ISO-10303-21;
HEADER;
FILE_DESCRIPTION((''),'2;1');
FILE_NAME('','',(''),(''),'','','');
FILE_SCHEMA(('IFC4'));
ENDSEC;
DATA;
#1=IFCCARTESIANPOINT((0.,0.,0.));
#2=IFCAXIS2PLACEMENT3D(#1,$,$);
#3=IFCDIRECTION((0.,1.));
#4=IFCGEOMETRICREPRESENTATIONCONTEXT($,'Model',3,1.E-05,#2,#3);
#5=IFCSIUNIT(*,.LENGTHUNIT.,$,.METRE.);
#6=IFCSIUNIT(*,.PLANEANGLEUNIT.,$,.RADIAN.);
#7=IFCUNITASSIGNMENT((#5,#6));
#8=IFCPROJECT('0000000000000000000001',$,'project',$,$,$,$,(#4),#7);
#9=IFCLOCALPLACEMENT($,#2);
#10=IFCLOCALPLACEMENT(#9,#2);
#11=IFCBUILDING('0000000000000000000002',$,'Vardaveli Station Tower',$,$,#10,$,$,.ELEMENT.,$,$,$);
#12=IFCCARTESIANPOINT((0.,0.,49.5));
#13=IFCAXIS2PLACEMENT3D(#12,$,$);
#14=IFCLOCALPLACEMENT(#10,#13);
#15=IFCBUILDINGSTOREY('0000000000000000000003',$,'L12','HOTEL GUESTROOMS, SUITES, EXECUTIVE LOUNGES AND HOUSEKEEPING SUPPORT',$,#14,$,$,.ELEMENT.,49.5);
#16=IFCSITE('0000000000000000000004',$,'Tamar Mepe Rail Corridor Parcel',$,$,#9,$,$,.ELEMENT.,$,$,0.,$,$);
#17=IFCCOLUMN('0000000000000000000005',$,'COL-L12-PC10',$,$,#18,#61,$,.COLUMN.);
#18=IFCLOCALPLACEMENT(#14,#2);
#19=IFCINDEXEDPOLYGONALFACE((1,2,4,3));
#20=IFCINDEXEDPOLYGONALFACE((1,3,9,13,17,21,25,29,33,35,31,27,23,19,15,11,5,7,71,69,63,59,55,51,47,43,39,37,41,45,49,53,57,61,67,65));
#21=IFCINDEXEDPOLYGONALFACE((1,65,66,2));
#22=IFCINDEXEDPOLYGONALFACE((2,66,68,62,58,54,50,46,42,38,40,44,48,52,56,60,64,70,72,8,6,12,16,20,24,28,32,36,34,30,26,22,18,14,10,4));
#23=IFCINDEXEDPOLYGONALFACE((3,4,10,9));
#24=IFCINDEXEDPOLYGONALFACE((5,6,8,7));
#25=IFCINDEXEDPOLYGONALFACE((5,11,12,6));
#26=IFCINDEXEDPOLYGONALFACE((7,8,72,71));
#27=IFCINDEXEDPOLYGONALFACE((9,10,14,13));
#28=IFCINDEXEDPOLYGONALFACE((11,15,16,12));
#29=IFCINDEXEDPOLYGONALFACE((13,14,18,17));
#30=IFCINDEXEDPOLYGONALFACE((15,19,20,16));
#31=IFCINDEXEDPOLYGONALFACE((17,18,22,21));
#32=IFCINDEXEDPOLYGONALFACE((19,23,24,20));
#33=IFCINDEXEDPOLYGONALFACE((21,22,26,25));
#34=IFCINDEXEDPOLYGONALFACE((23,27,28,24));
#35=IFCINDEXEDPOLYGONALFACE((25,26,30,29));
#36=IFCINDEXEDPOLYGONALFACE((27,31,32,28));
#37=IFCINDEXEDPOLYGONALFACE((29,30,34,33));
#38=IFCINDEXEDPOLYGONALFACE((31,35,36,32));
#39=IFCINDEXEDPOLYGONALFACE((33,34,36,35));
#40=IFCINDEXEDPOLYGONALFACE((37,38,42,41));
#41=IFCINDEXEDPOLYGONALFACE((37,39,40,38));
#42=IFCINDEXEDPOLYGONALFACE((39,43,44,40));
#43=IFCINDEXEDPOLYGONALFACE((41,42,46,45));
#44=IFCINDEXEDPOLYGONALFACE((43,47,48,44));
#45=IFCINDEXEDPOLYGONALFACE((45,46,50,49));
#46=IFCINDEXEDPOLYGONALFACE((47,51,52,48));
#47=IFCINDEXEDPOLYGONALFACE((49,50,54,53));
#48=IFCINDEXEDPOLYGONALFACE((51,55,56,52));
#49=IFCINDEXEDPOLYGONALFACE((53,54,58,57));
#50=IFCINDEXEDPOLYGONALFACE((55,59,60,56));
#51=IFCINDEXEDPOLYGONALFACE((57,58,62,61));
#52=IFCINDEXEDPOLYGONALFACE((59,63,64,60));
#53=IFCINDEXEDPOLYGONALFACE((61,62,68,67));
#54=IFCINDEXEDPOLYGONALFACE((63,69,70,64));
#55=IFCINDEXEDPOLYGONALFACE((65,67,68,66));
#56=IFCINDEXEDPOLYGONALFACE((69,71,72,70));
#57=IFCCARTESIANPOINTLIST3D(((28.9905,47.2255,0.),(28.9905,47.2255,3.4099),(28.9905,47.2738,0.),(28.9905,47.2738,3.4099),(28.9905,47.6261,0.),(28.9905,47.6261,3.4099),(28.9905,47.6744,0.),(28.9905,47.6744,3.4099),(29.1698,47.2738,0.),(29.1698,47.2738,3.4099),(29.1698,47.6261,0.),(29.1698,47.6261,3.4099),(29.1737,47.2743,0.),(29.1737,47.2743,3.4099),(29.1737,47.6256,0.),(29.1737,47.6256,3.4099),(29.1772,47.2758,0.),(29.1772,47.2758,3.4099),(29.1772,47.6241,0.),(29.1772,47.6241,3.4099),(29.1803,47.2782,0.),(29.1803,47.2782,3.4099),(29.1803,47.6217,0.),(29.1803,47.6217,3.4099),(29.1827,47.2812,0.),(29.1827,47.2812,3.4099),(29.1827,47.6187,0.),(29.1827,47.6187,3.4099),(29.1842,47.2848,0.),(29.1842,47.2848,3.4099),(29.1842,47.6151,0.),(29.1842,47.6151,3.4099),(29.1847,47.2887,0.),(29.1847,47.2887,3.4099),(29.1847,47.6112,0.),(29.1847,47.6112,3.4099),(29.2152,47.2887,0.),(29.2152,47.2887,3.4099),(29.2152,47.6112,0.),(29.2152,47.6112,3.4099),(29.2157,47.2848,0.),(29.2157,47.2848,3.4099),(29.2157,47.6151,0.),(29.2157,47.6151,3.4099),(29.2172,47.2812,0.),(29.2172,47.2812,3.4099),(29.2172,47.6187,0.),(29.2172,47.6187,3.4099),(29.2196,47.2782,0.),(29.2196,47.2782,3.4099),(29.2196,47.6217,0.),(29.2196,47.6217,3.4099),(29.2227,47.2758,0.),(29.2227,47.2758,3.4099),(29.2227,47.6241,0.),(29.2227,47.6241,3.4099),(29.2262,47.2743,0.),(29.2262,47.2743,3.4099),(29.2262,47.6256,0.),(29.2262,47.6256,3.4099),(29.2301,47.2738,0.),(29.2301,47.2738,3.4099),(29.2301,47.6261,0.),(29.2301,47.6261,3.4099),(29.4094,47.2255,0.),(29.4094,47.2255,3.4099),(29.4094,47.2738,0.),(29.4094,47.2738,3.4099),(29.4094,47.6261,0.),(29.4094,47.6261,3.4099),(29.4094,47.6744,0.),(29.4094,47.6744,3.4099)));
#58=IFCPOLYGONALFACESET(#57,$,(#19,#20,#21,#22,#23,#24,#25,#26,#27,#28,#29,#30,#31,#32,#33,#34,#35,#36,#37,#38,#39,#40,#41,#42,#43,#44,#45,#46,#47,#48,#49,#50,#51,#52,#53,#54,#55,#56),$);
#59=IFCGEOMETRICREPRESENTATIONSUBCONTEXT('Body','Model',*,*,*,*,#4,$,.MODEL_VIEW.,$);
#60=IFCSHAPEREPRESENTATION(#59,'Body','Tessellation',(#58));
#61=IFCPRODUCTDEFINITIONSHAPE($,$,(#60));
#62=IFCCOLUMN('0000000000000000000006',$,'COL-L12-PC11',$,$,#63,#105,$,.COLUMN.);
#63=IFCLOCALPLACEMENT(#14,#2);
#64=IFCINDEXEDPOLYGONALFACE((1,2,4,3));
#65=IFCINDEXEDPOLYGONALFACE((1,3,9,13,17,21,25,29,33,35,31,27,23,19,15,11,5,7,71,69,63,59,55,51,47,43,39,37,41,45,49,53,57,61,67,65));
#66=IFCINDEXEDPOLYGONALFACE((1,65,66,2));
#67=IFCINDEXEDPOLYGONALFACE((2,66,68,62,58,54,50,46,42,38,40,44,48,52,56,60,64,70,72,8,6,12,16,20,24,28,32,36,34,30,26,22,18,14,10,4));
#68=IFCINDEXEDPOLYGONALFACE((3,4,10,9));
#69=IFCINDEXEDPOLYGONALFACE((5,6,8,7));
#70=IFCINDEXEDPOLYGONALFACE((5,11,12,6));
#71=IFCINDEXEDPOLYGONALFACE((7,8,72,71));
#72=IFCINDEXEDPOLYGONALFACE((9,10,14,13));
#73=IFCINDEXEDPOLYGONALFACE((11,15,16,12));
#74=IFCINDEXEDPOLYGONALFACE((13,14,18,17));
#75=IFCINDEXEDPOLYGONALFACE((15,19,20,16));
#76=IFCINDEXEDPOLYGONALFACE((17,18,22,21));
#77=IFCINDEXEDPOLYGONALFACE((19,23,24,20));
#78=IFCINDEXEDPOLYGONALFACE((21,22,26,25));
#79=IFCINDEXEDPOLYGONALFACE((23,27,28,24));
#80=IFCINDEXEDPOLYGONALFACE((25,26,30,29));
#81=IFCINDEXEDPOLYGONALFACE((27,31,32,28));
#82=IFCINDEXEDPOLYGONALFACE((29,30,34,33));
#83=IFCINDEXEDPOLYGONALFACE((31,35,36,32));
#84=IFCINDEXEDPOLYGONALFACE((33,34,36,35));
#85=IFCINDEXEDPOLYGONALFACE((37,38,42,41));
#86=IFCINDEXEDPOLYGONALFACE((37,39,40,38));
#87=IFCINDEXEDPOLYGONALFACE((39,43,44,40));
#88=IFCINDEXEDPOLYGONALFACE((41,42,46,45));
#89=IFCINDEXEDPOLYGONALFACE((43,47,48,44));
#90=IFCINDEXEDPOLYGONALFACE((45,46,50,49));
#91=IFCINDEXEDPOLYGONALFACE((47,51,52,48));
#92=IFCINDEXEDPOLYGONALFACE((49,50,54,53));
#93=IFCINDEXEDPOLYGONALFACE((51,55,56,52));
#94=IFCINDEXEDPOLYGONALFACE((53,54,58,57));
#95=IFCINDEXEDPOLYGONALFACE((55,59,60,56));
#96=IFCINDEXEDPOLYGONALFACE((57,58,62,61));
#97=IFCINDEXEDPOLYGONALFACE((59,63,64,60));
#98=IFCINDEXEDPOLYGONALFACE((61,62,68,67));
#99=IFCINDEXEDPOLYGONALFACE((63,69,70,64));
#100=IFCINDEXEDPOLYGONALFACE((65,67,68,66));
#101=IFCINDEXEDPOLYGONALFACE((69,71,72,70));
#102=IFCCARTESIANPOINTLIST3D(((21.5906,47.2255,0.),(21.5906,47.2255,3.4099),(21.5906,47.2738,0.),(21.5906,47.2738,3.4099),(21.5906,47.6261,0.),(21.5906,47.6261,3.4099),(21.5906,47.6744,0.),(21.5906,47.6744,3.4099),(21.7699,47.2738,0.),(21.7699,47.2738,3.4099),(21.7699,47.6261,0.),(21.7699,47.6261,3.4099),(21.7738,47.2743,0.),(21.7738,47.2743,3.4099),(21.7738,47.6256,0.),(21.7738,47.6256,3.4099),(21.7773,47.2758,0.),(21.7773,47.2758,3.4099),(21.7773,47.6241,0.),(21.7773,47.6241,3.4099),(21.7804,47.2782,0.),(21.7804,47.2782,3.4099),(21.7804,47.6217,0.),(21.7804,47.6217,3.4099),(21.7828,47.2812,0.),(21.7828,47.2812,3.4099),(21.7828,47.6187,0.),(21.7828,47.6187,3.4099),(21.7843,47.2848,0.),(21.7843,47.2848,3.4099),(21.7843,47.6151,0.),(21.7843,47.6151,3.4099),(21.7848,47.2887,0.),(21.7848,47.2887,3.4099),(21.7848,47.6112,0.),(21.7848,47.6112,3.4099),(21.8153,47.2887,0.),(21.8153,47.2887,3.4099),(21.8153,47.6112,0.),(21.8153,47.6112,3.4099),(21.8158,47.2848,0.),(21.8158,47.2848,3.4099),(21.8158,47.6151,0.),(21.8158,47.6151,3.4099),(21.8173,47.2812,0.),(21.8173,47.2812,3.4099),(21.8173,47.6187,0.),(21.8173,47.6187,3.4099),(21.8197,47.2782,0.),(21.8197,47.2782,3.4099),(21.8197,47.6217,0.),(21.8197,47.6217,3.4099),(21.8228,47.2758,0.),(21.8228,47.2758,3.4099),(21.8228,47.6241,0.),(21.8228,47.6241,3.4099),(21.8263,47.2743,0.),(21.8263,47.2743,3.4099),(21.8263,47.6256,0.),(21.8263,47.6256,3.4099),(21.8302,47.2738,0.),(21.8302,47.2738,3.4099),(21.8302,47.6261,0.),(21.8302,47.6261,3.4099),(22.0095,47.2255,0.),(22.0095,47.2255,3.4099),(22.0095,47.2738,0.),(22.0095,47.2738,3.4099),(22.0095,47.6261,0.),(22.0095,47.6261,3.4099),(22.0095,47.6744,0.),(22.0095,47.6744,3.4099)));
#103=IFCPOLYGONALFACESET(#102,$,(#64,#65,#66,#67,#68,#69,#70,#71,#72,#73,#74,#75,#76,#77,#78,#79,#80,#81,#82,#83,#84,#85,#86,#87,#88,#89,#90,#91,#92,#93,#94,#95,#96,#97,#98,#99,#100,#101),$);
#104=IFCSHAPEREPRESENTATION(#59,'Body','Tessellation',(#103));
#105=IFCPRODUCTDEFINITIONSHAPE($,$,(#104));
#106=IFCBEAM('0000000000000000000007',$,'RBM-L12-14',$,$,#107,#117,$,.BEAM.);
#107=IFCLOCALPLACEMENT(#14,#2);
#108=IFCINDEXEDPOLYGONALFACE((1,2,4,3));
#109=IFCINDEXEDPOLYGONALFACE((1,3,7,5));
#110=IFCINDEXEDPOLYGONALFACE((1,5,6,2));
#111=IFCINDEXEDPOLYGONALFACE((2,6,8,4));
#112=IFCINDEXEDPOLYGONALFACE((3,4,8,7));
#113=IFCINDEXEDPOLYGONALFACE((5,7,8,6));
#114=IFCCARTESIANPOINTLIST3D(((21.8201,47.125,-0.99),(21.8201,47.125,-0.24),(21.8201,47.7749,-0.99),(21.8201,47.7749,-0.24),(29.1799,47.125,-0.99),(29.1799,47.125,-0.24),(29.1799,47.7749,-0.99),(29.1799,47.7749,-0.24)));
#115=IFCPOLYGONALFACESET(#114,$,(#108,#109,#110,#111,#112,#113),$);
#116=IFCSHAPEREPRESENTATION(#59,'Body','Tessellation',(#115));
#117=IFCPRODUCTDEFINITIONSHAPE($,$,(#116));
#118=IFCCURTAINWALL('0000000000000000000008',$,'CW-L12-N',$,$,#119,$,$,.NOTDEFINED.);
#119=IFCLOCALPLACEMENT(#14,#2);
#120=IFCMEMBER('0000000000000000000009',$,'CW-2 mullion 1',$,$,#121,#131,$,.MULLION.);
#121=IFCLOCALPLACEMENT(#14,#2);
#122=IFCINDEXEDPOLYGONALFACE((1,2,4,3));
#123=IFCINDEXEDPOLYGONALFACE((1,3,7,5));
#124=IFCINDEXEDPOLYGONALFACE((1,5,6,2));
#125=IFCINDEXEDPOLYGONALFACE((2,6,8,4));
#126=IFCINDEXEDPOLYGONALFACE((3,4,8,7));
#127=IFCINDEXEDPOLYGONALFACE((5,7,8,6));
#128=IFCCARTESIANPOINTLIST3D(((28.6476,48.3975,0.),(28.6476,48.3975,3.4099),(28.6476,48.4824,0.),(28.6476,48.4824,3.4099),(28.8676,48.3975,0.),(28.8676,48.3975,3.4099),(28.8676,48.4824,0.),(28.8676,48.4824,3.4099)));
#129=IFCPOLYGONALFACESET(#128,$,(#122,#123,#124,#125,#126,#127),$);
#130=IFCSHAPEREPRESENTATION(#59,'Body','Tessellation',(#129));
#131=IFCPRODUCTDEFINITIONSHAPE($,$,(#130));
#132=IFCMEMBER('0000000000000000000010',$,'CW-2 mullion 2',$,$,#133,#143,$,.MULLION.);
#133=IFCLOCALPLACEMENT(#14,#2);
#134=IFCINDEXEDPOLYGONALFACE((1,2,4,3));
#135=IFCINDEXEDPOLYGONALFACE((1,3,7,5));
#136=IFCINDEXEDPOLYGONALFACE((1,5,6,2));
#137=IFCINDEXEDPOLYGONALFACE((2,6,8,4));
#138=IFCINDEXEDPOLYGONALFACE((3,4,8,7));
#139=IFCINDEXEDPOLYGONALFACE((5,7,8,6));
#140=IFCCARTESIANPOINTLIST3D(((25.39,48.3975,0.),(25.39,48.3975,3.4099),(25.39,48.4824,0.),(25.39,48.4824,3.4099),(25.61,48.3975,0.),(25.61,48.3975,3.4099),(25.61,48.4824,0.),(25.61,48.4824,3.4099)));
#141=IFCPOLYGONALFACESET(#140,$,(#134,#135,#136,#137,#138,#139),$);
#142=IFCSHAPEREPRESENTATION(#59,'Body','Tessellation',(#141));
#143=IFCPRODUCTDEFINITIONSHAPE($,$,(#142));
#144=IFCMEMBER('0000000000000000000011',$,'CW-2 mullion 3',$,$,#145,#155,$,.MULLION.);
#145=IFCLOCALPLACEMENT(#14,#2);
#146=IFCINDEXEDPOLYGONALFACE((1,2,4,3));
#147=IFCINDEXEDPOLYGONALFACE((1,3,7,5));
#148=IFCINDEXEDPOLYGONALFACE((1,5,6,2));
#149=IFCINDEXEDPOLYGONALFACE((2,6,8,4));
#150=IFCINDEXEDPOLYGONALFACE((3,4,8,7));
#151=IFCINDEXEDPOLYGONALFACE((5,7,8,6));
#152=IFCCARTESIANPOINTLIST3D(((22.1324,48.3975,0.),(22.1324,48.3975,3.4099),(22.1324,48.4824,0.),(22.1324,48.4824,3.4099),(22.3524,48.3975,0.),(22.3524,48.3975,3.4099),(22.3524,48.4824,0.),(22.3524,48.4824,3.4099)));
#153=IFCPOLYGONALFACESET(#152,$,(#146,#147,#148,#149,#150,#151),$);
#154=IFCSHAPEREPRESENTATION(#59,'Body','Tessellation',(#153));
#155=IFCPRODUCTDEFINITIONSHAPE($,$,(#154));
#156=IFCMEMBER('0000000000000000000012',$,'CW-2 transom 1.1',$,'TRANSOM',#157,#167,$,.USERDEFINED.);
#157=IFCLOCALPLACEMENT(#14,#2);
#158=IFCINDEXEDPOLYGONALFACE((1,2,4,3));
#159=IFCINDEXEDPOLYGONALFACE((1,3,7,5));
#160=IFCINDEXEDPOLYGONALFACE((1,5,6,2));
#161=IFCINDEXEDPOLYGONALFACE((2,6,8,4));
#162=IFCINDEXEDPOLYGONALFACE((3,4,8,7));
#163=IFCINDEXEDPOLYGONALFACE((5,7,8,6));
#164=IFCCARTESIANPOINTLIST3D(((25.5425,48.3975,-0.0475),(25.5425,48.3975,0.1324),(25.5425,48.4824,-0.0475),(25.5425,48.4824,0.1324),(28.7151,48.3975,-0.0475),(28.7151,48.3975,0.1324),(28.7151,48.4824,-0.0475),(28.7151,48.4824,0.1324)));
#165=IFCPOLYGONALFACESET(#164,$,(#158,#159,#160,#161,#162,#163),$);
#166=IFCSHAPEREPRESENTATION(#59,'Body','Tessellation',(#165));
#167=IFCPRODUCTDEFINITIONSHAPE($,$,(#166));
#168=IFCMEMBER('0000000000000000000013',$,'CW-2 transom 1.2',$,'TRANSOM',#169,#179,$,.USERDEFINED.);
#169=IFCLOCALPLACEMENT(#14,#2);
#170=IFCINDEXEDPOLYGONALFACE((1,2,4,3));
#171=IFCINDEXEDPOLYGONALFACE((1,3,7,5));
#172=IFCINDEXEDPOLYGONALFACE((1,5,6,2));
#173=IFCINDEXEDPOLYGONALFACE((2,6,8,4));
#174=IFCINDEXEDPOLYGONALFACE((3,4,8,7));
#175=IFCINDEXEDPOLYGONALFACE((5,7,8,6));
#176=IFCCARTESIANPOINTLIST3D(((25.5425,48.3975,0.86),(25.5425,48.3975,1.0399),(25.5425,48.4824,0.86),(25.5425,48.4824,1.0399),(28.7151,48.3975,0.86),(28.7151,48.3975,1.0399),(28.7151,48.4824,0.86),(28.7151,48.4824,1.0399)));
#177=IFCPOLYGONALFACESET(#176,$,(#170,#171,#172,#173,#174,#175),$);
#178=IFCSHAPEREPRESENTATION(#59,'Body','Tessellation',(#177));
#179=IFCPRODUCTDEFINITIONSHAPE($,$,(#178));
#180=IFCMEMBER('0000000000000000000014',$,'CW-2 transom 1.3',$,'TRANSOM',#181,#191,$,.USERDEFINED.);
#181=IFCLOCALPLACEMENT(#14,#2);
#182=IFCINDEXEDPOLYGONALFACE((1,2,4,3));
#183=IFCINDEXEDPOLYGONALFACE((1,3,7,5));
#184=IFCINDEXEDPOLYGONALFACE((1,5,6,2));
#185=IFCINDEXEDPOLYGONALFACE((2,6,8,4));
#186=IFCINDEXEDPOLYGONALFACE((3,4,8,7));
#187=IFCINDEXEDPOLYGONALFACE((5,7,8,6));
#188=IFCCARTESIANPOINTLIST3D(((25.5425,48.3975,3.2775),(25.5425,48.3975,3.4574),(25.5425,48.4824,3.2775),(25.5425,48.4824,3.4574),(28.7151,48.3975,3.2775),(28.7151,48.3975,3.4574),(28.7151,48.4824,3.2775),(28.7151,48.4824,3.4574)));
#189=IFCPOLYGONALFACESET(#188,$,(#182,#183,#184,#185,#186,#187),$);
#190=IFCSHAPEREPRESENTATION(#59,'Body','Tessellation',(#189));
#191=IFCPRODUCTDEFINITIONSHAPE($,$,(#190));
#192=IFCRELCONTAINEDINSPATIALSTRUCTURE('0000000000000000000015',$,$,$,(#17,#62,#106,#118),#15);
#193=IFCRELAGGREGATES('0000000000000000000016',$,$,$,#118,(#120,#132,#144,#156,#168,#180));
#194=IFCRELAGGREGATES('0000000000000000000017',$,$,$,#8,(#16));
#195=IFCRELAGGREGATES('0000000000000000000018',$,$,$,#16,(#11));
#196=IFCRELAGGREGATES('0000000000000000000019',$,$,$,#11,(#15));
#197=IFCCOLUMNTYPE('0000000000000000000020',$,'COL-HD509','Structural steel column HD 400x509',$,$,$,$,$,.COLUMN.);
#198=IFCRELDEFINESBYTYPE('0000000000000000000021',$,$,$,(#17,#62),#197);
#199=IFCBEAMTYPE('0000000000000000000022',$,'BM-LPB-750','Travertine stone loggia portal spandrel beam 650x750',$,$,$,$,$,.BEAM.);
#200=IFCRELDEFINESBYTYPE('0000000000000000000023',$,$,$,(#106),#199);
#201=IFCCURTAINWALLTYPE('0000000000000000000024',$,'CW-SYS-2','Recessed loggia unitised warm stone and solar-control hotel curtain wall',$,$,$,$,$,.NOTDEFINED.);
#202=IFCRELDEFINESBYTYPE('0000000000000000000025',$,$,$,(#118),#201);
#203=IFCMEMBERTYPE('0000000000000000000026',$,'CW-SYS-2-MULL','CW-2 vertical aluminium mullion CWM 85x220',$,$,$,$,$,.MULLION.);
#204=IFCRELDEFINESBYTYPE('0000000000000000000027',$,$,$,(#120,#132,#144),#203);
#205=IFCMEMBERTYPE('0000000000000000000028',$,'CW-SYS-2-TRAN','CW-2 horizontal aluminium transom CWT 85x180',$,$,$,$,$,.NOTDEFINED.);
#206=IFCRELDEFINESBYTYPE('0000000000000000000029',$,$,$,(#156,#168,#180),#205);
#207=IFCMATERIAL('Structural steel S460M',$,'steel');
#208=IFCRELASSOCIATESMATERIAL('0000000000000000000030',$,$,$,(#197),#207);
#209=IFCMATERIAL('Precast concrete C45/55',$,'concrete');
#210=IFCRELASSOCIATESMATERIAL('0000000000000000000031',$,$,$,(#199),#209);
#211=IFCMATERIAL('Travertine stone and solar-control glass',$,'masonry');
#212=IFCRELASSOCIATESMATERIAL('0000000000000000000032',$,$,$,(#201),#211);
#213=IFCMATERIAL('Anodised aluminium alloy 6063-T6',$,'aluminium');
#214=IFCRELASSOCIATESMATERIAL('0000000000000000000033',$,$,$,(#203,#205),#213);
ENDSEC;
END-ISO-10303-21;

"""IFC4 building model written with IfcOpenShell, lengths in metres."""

from ifc_helpers import new_model, si_unit, direction, frame, origin, origin_2d, place, context, subcontext, project, spatial, rectangle, i_section, extrude, source, transform, mapped, material, material_profile, profile_set, type_object, element, aggregate, save


model = new_model("IFC4")

# Units and contexts
model_context = context("Model", 3, precision=1e-05, world=origin(), true_north=direction((0.0, 1.0)))
body_context = subcontext(model_context, "Body", "Model", "MODEL_VIEW")
ifc_project = project(units=[si_unit("LENGTHUNIT", "METRE"), si_unit("PLANEANGLEUNIT", "RADIAN")], contexts=[model_context])

# Site, building, storey
site_placement = place(None, origin())
site = spatial("IfcSite", under=ifc_project, at=site_placement, Name="Tamar Mepe Rail Corridor Parcel", CompositionType="ELEMENT", RefElevation=0.0)
building_placement = place(site_placement, origin())
building = spatial("IfcBuilding", under=site, at=building_placement, Name="Vardaveli Station Tower", CompositionType="ELEMENT")
storey_placement = place(building_placement, frame((0.0, 0.0, 49.5)))
storey = spatial("IfcBuildingStorey", under=building, at=storey_placement, Name="L12", Description="HOTEL GUESTROOMS, SUITES, EXECUTIVE LOUNGES AND HOUSEKEEPING SUPPORT", CompositionType="ELEMENT", Elevation=49.5)

# Columns
ifc_material_1 = material(Name="Structural steel S460M", Category="steel")
ifc_material_profile_1 = material_profile(ifc_material_1, i_section(OverallWidth=0.4189, OverallDepth=0.449, WebThickness=0.0305, FlangeThickness=0.0483, FilletRadius=0.0149, at=origin_2d()), Name="HD 400x509")
ifc_profile_set_1 = profile_set([ifc_material_profile_1], Name="Structural steel S460M")
column_type = type_object("IfcColumnType", Name="COL-HD509", Description="Structural steel column HD 400x509", PredefinedType="COLUMN", material=ifc_profile_set_1)
shared_shape_1 = source(origin(), body_context, "Body", "SweptSolid", [
    extrude(i_section(OverallWidth=0.4189, OverallDepth=0.449, WebThickness=0.0305, FlangeThickness=0.0483, FilletRadius=0.0149, at=origin_2d()), origin(), (0.0, 0.0, 1.0), 3.4099),
])
for number, where, z_axis, x_axis, name in (
    (1, (29.2, 47.45, 0.0), (0.0, 0.0, 1.0), (1.0, 0.0, 0.0), "COL-L12-PC10"),
    (2, (21.8, 47.45, 0.0), (0.0, 0.0, 1.0), (1.0, 0.0, 0.0), "COL-L12-PC11"),
):
    element("IfcColumn", number, at=place(storey_placement, frame(where, z_axis=z_axis, x_axis=x_axis)), inside=storey, type_object=column_type, Name=name, PredefinedType="COLUMN", context=body_context, shape_type="MappedRepresentation", body=[
        mapped(shared_shape_1, transform((0.0, 0.0, 0.0), scale=1.0)),
    ])

# Beam
ifc_material_2 = material(Name="Precast concrete C45/55", Category="concrete")
ifc_material_profile_2 = material_profile(ifc_material_2, rectangle(XDim=0.6499, YDim=0.75, at=origin_2d()), Name="LPB 650x750")
ifc_profile_set_2 = profile_set([ifc_material_profile_2], Name="Precast concrete C45/55")
beam_type = type_object("IfcBeamType", Name="BM-LPB-750", Description="Travertine stone loggia portal spandrel beam 650x750", PredefinedType="BEAM", material=ifc_profile_set_2)
shared_shape_2 = source(origin(), body_context, "Body", "SweptSolid", [
    extrude(rectangle(XDim=0.6499, YDim=0.75, at=origin_2d()), origin(), (0.0, 0.0, 1.0), 7.3599),
])
beam_placement = place(storey_placement, frame((29.1799, 47.45, -0.615), z_axis=(-1.0, 0.0, 0.0), x_axis=(0.0, -1.0, 0.0)))
element("IfcBeam", 3, at=beam_placement, inside=storey, type_object=beam_type, Name="RBM-L12-14", PredefinedType="BEAM", context=body_context, shape_type="MappedRepresentation", body=[
    mapped(shared_shape_2, transform((0.0, 0.0, 0.0), scale=1.0)),
])

# Curtain wall, members
ifc_material_3 = material(Name="Travertine stone and solar-control glass", Category="masonry")
curtain_wall_type = type_object("IfcCurtainWallType", Name="CW-SYS-2", Description="Recessed loggia unitised warm stone and solar-control hotel curtain wall", PredefinedType="NOTDEFINED", material=ifc_material_3)
curtain_wall_placement = place(storey_placement, origin())
curtain_wall = element("IfcCurtainWall", 4, at=curtain_wall_placement, inside=storey, type_object=curtain_wall_type, Name="CW-L12-N", PredefinedType="NOTDEFINED")
ifc_material_4 = material(Name="Anodised aluminium alloy 6063-T6", Category="aluminium")
ifc_material_profile_3 = material_profile(ifc_material_4, rectangle(XDim=0.085, YDim=0.22, at=origin_2d()), Name="CWM 85x220")
ifc_profile_set_3 = profile_set([ifc_material_profile_3], Name="Anodised aluminium alloy 6063-T6")
member_type_1 = type_object("IfcMemberType", Name="CW-SYS-2-MULL", Description="CW-2 vertical aluminium mullion CWM 85x220", PredefinedType="MULLION", material=ifc_profile_set_3)
shared_shape_3 = source(origin(), body_context, "Body", "SweptSolid", [
    extrude(rectangle(XDim=0.085, YDim=0.22, at=origin_2d()), origin(), (0.0, 0.0, 1.0), 3.4099),
])
member_1_placement = place(storey_placement, frame((28.7576, 48.4399, 0.0), z_axis=(0.0, 0.0, 1.0), x_axis=(0.0, -1.0, 0.0)))
member_1 = element("IfcMember", 5, at=member_1_placement, type_object=member_type_1, Name="CW-2 mullion 1", PredefinedType="MULLION", context=body_context, shape_type="MappedRepresentation", body=[
    mapped(shared_shape_3, transform((0.0, 0.0, 0.0), scale=1.0)),
])
member_2_placement = place(storey_placement, frame((25.5, 48.4399, 0.0), z_axis=(0.0, 0.0, 1.0), x_axis=(0.0, -1.0, 0.0)))
member_2 = element("IfcMember", 6, at=member_2_placement, type_object=member_type_1, Name="CW-2 mullion 2", PredefinedType="MULLION", context=body_context, shape_type="MappedRepresentation", body=[
    mapped(shared_shape_3, transform((0.0, 0.0, 0.0), scale=1.0)),
])
member_3_placement = place(storey_placement, frame((22.2424, 48.4399, 0.0), z_axis=(0.0, 0.0, 1.0), x_axis=(0.0, -1.0, 0.0)))
member_3 = element("IfcMember", 7, at=member_3_placement, type_object=member_type_1, Name="CW-2 mullion 3", PredefinedType="MULLION", context=body_context, shape_type="MappedRepresentation", body=[
    mapped(shared_shape_3, transform((0.0, 0.0, 0.0), scale=1.0)),
])
ifc_material_profile_4 = material_profile(ifc_material_4, rectangle(XDim=0.085, YDim=0.1799, at=origin_2d()), Name="CWT 85x180")
ifc_profile_set_4 = profile_set([ifc_material_profile_4], Name="Anodised aluminium alloy 6063-T6")
member_type_2 = type_object("IfcMemberType", Name="CW-SYS-2-TRAN", Description="CW-2 horizontal aluminium transom CWT 85x180", PredefinedType="NOTDEFINED", material=ifc_profile_set_4)
shared_shape_4 = source(origin(), body_context, "Body", "SweptSolid", [
    extrude(rectangle(XDim=0.085, YDim=0.1799, at=origin_2d()), origin(), (0.0, 0.0, 1.0), 3.1726),
])
member_4_placement = place(storey_placement, frame((28.7151, 48.4399, 0.0425), z_axis=(-1.0, 0.0, 0.0), x_axis=(0.0, -1.0, 0.0)))
member_4 = element("IfcMember", 8, at=member_4_placement, type_object=member_type_2, Name="CW-2 transom 1.1", ObjectType="TRANSOM", PredefinedType="USERDEFINED", context=body_context, shape_type="MappedRepresentation", body=[
    mapped(shared_shape_4, transform((0.0, 0.0, 0.0), scale=1.0)),
])
member_5_placement = place(storey_placement, frame((28.7151, 48.4399, 0.95), z_axis=(-1.0, 0.0, 0.0), x_axis=(0.0, -1.0, 0.0)))
member_5 = element("IfcMember", 9, at=member_5_placement, type_object=member_type_2, Name="CW-2 transom 1.2", ObjectType="TRANSOM", PredefinedType="USERDEFINED", context=body_context, shape_type="MappedRepresentation", body=[
    mapped(shared_shape_4, transform((0.0, 0.0, 0.0), scale=1.0)),
])
member_6_placement = place(storey_placement, frame((28.7151, 48.4399, 3.3674), z_axis=(-1.0, 0.0, 0.0), x_axis=(0.0, -1.0, 0.0)))
member_6 = element("IfcMember", 10, at=member_6_placement, type_object=member_type_2, Name="CW-2 transom 1.3", ObjectType="TRANSOM", PredefinedType="USERDEFINED", context=body_context, shape_type="MappedRepresentation", body=[
    mapped(shared_shape_4, transform((0.0, 0.0, 0.0), scale=1.0)),
])
aggregate(curtain_wall, [member_1, member_2, member_3, member_4, member_5, member_6])

save(model, "model.ifc")
